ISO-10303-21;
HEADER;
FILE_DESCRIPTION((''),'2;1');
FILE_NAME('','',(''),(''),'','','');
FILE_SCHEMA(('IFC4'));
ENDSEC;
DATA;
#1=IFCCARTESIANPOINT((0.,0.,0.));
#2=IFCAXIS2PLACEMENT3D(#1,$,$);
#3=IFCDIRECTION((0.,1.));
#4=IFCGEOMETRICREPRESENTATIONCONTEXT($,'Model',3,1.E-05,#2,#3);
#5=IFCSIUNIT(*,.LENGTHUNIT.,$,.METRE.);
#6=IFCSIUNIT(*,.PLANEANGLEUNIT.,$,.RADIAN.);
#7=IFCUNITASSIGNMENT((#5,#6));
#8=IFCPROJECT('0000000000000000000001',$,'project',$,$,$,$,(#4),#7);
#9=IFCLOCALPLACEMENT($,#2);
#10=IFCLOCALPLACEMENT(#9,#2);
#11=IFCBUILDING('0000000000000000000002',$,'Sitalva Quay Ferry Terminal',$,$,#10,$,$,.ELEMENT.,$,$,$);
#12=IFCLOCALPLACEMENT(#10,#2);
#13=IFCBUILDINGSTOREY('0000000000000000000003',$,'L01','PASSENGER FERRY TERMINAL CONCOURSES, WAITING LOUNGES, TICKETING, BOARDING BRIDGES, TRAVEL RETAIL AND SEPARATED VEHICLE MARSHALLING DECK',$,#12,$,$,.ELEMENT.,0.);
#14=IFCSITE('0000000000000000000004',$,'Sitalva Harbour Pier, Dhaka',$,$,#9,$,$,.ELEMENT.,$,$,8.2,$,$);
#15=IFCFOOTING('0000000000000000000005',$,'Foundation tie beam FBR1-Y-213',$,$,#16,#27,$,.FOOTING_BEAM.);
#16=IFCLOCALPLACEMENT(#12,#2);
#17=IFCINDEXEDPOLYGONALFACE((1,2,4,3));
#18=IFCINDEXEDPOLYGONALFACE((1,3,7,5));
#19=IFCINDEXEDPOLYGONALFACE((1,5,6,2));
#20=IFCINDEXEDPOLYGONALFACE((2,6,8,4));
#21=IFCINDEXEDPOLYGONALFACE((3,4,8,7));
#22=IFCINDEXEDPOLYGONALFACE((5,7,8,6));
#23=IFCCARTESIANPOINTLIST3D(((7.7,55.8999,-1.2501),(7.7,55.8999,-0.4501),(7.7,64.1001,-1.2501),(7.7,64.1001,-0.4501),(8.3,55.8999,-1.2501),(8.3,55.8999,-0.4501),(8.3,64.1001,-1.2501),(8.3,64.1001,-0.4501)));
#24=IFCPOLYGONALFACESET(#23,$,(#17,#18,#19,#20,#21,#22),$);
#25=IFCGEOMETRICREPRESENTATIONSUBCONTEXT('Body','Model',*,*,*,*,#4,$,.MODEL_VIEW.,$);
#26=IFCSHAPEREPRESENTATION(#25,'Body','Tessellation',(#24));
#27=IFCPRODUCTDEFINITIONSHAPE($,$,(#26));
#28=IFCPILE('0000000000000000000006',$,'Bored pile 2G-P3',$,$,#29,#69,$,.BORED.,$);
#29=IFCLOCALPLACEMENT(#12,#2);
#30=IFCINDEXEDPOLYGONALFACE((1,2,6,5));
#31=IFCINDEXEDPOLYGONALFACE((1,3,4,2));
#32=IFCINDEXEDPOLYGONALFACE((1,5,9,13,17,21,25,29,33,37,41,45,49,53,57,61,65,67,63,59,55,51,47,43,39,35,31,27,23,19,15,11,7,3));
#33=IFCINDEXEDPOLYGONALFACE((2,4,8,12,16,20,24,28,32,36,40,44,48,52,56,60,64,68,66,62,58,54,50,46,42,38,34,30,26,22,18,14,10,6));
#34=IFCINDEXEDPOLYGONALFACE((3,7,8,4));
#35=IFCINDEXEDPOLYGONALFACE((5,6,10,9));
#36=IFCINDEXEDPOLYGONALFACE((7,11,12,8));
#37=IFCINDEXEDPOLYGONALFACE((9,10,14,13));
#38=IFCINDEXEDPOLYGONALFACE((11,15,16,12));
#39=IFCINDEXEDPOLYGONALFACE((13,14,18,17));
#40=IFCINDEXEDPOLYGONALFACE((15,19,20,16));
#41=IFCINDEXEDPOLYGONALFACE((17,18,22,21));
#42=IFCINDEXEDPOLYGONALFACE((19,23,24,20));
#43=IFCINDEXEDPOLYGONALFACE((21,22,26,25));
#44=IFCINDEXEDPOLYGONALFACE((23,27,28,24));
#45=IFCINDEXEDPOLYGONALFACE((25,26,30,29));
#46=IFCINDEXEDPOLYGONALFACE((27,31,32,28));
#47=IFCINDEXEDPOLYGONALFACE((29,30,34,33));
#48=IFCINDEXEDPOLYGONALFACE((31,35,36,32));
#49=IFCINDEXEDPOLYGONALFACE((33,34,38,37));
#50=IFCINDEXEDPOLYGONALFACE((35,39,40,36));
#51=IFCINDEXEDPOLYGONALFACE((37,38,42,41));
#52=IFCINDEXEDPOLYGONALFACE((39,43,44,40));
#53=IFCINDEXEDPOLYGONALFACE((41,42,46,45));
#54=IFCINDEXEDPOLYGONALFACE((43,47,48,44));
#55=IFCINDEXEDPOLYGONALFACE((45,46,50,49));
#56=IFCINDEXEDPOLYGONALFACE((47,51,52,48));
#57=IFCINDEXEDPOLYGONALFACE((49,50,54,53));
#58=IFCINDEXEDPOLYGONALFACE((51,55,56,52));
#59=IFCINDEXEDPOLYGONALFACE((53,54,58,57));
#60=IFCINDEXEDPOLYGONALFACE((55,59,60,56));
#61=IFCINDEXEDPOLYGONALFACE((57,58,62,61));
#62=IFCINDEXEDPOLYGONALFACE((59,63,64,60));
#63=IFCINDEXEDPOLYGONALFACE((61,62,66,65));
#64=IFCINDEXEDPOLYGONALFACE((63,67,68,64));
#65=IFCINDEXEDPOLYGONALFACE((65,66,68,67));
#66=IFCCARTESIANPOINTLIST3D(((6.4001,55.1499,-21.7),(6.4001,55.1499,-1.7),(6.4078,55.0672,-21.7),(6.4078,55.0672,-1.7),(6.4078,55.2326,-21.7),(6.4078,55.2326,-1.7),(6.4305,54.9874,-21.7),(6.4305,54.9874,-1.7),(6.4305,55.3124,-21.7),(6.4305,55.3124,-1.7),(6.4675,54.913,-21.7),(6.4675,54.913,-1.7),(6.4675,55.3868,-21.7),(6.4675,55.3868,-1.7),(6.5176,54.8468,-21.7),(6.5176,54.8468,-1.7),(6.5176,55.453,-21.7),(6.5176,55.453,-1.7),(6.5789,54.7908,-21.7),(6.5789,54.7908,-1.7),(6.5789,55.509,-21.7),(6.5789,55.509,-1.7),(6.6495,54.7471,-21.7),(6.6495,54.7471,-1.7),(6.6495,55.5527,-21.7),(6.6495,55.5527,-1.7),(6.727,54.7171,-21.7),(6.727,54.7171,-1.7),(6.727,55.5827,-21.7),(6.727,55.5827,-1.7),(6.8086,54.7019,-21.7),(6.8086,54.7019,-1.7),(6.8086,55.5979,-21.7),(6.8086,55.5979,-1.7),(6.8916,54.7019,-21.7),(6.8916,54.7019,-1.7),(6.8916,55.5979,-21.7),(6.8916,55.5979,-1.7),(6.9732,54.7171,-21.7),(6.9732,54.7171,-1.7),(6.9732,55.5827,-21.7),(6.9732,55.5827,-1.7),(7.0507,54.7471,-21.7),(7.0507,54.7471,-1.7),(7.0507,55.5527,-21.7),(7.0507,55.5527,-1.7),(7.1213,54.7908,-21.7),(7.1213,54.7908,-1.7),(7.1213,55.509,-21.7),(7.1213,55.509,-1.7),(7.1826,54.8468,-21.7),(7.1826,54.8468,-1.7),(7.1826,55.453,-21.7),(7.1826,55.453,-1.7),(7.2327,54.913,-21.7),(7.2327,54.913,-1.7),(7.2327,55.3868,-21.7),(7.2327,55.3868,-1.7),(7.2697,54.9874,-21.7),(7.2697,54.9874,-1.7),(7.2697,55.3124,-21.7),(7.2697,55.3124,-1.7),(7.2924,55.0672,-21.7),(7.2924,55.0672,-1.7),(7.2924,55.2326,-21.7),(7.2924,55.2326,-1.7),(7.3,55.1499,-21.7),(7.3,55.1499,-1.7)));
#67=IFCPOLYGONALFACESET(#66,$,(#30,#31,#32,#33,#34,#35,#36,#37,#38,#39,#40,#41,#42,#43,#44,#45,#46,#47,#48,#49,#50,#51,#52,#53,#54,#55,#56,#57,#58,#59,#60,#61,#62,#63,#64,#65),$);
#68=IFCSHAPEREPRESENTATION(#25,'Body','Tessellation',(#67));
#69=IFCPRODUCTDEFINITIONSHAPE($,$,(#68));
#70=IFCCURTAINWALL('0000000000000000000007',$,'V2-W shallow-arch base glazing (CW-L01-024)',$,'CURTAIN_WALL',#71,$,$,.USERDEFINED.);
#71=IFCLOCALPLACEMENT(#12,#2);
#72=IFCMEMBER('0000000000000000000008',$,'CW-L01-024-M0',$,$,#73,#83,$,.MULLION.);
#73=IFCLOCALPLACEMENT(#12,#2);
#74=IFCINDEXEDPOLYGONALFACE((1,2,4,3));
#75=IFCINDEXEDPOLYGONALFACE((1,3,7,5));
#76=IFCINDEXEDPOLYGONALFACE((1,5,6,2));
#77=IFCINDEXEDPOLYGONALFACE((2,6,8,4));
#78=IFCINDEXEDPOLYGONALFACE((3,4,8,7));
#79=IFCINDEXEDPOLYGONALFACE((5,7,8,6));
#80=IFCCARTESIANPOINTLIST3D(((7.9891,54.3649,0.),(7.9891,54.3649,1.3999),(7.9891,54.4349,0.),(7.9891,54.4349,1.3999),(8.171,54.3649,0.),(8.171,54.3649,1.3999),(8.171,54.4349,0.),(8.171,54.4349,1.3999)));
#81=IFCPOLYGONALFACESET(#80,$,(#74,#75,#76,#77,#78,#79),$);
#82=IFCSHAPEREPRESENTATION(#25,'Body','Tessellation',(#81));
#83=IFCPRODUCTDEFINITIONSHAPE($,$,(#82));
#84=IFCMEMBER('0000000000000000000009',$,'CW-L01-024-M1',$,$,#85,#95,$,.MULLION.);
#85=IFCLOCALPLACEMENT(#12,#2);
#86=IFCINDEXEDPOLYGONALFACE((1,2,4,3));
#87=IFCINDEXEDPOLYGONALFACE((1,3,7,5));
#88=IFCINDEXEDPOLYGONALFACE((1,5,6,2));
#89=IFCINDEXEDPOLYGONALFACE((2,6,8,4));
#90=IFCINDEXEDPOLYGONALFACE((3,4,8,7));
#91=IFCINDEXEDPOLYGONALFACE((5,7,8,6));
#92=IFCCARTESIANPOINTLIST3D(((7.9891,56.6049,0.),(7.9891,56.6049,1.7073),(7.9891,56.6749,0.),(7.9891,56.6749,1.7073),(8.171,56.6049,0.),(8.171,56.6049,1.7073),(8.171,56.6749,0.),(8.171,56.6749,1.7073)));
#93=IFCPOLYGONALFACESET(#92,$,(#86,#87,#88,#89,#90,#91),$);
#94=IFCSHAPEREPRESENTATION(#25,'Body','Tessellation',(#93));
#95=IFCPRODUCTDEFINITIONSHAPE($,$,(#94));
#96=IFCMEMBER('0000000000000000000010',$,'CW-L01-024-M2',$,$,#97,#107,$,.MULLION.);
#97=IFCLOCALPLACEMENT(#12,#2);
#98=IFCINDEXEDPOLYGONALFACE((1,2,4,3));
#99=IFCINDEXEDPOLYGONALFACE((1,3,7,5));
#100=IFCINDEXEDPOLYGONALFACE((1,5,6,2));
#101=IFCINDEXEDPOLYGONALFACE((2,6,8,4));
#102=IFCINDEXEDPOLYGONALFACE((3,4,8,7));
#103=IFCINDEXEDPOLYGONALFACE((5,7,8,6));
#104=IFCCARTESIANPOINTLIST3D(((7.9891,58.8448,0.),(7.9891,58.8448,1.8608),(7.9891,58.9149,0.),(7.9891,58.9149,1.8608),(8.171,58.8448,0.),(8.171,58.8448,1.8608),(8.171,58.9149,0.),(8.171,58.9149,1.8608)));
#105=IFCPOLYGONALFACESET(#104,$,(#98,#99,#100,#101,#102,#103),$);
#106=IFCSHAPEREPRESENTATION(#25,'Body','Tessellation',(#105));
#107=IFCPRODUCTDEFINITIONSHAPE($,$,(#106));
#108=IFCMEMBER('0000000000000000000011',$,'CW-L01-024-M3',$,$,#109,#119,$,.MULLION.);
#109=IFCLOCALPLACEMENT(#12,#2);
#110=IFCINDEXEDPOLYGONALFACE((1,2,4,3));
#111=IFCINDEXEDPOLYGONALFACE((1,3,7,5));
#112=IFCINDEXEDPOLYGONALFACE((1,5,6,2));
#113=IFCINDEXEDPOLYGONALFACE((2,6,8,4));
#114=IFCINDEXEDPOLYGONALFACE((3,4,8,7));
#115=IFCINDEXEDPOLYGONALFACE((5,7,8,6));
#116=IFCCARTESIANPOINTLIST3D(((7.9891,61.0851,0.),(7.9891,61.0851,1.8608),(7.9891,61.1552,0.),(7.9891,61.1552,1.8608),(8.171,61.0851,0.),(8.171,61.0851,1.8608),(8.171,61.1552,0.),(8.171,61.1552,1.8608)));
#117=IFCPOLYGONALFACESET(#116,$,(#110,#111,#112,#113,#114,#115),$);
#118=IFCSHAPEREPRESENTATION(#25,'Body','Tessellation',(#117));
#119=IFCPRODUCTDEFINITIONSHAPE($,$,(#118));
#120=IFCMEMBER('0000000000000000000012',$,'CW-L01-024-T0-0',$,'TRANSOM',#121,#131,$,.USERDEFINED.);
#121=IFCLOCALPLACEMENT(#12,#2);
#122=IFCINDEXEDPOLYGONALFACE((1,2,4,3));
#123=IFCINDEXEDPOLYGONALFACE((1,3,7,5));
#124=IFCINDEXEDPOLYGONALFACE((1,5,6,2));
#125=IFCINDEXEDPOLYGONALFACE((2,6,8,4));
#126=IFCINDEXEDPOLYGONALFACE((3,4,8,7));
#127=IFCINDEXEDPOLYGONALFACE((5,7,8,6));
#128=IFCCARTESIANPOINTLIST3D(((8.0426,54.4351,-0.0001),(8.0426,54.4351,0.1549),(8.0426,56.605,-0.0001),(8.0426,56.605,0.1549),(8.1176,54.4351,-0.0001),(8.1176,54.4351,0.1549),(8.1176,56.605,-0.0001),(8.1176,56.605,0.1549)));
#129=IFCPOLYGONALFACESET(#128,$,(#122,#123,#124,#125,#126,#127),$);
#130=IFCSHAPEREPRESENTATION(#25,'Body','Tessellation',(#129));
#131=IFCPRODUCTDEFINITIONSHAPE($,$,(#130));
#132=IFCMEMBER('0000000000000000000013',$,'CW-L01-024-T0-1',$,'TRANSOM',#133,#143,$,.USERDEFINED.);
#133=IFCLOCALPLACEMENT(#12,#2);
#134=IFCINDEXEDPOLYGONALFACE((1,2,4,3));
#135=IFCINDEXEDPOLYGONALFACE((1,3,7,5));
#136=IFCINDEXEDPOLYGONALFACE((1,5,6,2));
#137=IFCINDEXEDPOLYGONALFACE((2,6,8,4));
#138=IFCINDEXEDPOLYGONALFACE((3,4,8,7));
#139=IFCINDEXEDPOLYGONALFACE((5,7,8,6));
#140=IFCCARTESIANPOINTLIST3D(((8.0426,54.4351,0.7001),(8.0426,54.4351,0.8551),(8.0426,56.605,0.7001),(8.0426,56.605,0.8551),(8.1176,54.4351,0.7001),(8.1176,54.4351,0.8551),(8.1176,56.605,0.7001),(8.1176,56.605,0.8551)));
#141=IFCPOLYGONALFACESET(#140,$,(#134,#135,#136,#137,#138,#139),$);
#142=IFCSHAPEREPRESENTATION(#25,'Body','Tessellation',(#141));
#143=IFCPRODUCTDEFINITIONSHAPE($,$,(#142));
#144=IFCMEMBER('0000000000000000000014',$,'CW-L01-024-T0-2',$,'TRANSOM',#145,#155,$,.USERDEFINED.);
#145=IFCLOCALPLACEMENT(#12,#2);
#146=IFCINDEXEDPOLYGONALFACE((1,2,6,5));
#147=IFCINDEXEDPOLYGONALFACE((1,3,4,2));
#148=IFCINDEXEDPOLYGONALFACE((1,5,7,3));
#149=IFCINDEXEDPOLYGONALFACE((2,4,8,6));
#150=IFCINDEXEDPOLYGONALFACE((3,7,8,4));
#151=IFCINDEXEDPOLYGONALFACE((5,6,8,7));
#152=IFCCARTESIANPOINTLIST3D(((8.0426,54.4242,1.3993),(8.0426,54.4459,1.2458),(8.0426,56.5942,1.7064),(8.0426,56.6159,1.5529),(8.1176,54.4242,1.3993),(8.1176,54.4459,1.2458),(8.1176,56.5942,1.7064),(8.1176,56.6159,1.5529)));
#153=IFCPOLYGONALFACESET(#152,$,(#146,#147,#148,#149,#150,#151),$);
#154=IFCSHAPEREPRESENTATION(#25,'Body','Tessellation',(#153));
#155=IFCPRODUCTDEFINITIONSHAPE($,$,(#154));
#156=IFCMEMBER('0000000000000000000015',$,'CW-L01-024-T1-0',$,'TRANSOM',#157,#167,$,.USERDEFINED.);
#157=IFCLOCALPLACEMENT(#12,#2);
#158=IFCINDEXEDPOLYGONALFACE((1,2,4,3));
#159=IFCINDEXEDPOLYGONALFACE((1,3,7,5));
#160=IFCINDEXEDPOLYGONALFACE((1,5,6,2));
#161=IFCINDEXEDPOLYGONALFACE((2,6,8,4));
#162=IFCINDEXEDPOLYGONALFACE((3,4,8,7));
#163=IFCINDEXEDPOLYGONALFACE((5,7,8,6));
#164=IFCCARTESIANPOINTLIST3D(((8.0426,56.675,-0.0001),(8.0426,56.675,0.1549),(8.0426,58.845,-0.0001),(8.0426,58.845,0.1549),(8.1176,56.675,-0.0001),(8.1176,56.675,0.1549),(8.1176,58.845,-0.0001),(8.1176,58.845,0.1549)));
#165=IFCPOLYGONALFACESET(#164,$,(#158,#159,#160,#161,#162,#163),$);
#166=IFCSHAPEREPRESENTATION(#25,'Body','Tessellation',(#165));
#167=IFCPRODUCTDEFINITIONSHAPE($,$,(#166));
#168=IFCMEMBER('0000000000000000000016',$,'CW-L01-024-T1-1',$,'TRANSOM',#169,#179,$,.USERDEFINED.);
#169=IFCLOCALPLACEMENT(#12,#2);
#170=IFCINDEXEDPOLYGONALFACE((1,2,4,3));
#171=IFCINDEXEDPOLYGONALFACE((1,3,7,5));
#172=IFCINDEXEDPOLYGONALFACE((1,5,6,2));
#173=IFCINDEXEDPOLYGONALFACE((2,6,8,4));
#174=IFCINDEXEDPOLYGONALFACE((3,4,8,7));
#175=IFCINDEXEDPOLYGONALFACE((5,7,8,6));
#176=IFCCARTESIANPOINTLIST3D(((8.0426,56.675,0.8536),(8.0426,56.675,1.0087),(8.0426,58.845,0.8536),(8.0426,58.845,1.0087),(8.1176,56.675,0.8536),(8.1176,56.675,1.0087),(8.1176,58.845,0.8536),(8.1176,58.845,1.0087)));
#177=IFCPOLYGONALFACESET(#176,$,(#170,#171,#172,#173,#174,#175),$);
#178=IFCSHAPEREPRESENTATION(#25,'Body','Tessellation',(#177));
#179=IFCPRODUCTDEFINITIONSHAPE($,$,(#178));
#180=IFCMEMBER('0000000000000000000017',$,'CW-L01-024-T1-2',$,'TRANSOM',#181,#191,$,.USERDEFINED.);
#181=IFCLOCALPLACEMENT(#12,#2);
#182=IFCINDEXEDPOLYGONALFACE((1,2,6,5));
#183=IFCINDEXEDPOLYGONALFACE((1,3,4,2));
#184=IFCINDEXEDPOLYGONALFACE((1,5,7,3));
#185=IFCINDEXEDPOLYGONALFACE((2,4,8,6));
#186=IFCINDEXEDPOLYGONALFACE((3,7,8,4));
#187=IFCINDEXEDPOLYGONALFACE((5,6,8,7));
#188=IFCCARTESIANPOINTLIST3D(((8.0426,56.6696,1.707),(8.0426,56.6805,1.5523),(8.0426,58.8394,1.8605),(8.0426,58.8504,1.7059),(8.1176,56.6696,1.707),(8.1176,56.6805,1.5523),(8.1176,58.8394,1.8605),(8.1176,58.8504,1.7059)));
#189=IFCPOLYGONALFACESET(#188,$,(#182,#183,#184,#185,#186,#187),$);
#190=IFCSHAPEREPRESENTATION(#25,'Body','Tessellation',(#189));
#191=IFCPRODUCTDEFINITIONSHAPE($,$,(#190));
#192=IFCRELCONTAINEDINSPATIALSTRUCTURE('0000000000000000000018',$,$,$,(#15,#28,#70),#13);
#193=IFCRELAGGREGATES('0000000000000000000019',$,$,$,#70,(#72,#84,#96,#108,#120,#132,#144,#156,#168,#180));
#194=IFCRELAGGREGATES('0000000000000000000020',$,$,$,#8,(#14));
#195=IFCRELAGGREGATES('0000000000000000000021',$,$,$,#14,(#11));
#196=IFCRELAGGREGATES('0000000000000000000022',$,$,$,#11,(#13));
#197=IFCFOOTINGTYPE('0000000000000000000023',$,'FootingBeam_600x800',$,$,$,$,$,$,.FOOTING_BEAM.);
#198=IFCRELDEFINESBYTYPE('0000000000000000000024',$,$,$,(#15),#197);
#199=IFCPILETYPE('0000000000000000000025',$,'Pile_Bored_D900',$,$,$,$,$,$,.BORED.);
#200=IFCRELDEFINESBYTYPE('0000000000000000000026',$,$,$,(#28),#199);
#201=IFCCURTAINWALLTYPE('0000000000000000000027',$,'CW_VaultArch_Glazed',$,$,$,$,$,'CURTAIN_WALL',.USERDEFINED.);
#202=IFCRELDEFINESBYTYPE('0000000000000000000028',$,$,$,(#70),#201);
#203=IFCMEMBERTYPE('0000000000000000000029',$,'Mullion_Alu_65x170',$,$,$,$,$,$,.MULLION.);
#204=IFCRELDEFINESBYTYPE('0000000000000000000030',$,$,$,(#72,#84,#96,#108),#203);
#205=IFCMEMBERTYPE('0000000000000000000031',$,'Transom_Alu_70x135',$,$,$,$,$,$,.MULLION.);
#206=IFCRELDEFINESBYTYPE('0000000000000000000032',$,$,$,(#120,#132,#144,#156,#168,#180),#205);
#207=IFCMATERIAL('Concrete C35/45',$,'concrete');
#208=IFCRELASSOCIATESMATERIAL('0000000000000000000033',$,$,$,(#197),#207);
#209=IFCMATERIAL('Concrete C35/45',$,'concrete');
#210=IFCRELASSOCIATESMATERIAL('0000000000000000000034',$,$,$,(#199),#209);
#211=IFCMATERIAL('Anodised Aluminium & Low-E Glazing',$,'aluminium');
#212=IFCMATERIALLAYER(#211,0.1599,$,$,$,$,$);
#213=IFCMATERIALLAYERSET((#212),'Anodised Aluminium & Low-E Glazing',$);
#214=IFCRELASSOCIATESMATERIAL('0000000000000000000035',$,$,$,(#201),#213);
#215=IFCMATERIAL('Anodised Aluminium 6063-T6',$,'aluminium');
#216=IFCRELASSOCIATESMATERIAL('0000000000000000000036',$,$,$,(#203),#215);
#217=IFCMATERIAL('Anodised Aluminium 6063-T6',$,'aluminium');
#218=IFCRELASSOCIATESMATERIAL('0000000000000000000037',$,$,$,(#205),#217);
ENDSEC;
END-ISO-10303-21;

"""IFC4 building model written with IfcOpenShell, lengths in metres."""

from ifc_helpers import new_model, si_unit, direction, frame, origin, origin_2d, place, context, subcontext, project, spatial, rectangle, circle, extrude, material, layer, layer_set, material_profile, profile_set, type_object, element, aggregate, save


model = new_model("IFC4")

# Units and contexts
model_context = context("Model", 3, precision=1e-05, world=origin(), true_north=direction((0.0, 1.0)))
body_context = subcontext(model_context, "Body", "Model", "MODEL_VIEW")
ifc_project = project(units=[si_unit("LENGTHUNIT", "METRE"), si_unit("PLANEANGLEUNIT", "RADIAN")], contexts=[model_context])

# Site, building, storey
site_placement = place(None, origin())
site = spatial("IfcSite", under=ifc_project, at=site_placement, Name="Sitalva Harbour Pier, Dhaka", CompositionType="ELEMENT", RefElevation=8.2)
building_placement = place(site_placement, origin())
building = spatial("IfcBuilding", under=site, at=building_placement, Name="Sitalva Quay Ferry Terminal", CompositionType="ELEMENT")
storey_placement = place(building_placement, origin())
storey = spatial("IfcBuildingStorey", under=building, at=storey_placement, Name="L01", Description="PASSENGER FERRY TERMINAL CONCOURSES, WAITING LOUNGES, TICKETING, BOARDING BRIDGES, TRAVEL RETAIL AND SEPARATED VEHICLE MARSHALLING DECK", CompositionType="ELEMENT", Elevation=0.0)

# Footing
ifc_material_1 = material(Name="Concrete C35/45", Category="concrete")
ifc_material_profile_1 = material_profile(ifc_material_1, rectangle(XDim=0.6001, YDim=0.8, at=origin_2d()), Name="RC600x800")
ifc_profile_set_1 = profile_set([ifc_material_profile_1], Name="Concrete C35/45")
footing_type = type_object("IfcFootingType", Name="FootingBeam_600x800", PredefinedType="FOOTING_BEAM", material=ifc_profile_set_1)
footing_placement = place(storey_placement, frame((8.0, 55.8999, -0.8501), z_axis=(0.0, 1.0, 0.0), x_axis=(-1.0, 0.0, 0.0)))
element("IfcFooting", 1, at=footing_placement, inside=storey, type_object=footing_type, Name="Foundation tie beam FBR1-Y-213", PredefinedType="FOOTING_BEAM", context=body_context, shape_type="SweptSolid", body=[
    extrude(rectangle(XDim=0.6001, YDim=0.8, at=origin_2d()), origin(), (0.0, 0.0, 1.0), 8.2002),
])

# Pile
ifc_material_2 = material(Name="Concrete C35/45", Category="concrete")
ifc_material_profile_2 = material_profile(ifc_material_2, circle(Radius=0.45, at=origin_2d()), Name="PILE-D900")
ifc_profile_set_2 = profile_set([ifc_material_profile_2], Name="Concrete C35/45")
pile_type = type_object("IfcPileType", Name="Pile_Bored_D900", PredefinedType="BORED", material=ifc_profile_set_2)
pile_placement = place(storey_placement, frame((6.8501, 55.1499, -1.7), z_axis=(0.0, 0.0, -1.0), x_axis=(1.0, 0.0, 0.0)))
element("IfcPile", 2, at=pile_placement, inside=storey, type_object=pile_type, Name="Bored pile 2G-P3", PredefinedType="BORED", context=body_context, shape_type="SweptSolid", body=[
    extrude(circle(Radius=0.45, at=origin_2d()), origin(), (0.0, 0.0, 1.0), 20.0),
])

# Curtain wall, members
ifc_material_3 = material(Name="Anodised Aluminium & Low-E Glazing", Category="aluminium")
ifc_layer_1 = layer(ifc_material_3, 0.1599)
ifc_layer_set_1 = layer_set([ifc_layer_1], Name="Anodised Aluminium & Low-E Glazing")
curtain_wall_type = type_object("IfcCurtainWallType", Name="CW_VaultArch_Glazed", ElementType="CURTAIN_WALL", PredefinedType="USERDEFINED", material=ifc_layer_set_1)
curtain_wall_placement = place(storey_placement, origin())
curtain_wall = element("IfcCurtainWall", 3, at=curtain_wall_placement, inside=storey, type_object=curtain_wall_type, Name="V2-W shallow-arch base glazing (CW-L01-024)", ObjectType="CURTAIN_WALL", PredefinedType="USERDEFINED")
ifc_material_4 = material(Name="Anodised Aluminium 6063-T6", Category="aluminium")
ifc_material_profile_3 = material_profile(ifc_material_4, rectangle(XDim=0.0701, YDim=0.1819, at=origin_2d()), Name="ALU70x182")
ifc_profile_set_3 = profile_set([ifc_material_profile_3], Name="Anodised Aluminium 6063-T6")
member_type_1 = type_object("IfcMemberType", Name="Mullion_Alu_65x170", PredefinedType="MULLION", material=ifc_profile_set_3)
member_1_placement = place(storey_placement, frame((8.0801, 54.3999, 0.0), z_axis=(0.0, 0.0, 1.0), x_axis=(0.0, 1.0, 0.0)))
member_1 = element("IfcMember", 4, at=member_1_placement, type_object=member_type_1, Name="CW-L01-024-M0", PredefinedType="MULLION", context=body_context, shape_type="SweptSolid", body=[
    extrude(rectangle(XDim=0.0701, YDim=0.1819, at=origin_2d()), origin(), (0.0, 0.0, 1.0), 1.3999),
])
member_2_placement = place(storey_placement, frame((8.0801, 56.6399, 0.0), z_axis=(0.0, 0.0, 1.0), x_axis=(0.0, 1.0, 0.0)))
member_2 = element("IfcMember", 5, at=member_2_placement, type_object=member_type_1, Name="CW-L01-024-M1", PredefinedType="MULLION", context=body_context, shape_type="SweptSolid", body=[
    extrude(rectangle(XDim=0.0701, YDim=0.1819, at=origin_2d()), origin(), (0.0, 0.0, 1.0), 1.7073),
])
member_3_placement = place(storey_placement, frame((8.0801, 58.8799, 0.0), z_axis=(0.0, 0.0, 1.0), x_axis=(0.0, 1.0, 0.0)))
member_3 = element("IfcMember", 6, at=member_3_placement, type_object=member_type_1, Name="CW-L01-024-M2", PredefinedType="MULLION", context=body_context, shape_type="SweptSolid", body=[
    extrude(rectangle(XDim=0.0701, YDim=0.1819, at=origin_2d()), origin(), (0.0, 0.0, 1.0), 1.8608),
])
member_4_placement = place(storey_placement, frame((8.0801, 61.1201, 0.0), z_axis=(0.0, 0.0, 1.0), x_axis=(0.0, 1.0, 0.0)))
member_4 = element("IfcMember", 7, at=member_4_placement, type_object=member_type_1, Name="CW-L01-024-M3", PredefinedType="MULLION", context=body_context, shape_type="SweptSolid", body=[
    extrude(rectangle(XDim=0.0701, YDim=0.1819, at=origin_2d()), origin(), (0.0, 0.0, 1.0), 1.8608),
])
ifc_material_5 = material(Name="Anodised Aluminium 6063-T6", Category="aluminium")
ifc_material_profile_4 = material_profile(ifc_material_5, rectangle(XDim=0.075, YDim=0.155, at=origin_2d()), Name="ALU75x155")
ifc_profile_set_4 = profile_set([ifc_material_profile_4], Name="Anodised Aluminium 6063-T6")
member_type_2 = type_object("IfcMemberType", Name="Transom_Alu_70x135", PredefinedType="MULLION", material=ifc_profile_set_4)
member_5_placement = place(storey_placement, frame((8.0801, 54.4351, 0.0774), z_axis=(0.0, 1.0, 0.0), x_axis=(-1.0, 0.0, 0.0)))
member_5 = element("IfcMember", 8, at=member_5_placement, type_object=member_type_2, Name="CW-L01-024-T0-0", ObjectType="TRANSOM", PredefinedType="USERDEFINED", context=body_context, shape_type="SweptSolid", body=[
    extrude(rectangle(XDim=0.075, YDim=0.155, at=origin_2d()), origin(), (0.0, 0.0, 1.0), 2.1699),
])
member_6_placement = place(storey_placement, frame((8.0801, 54.4351, 0.7776), z_axis=(0.0, 1.0, 0.0), x_axis=(-1.0, 0.0, 0.0)))
member_6 = element("IfcMember", 9, at=member_6_placement, type_object=member_type_2, Name="CW-L01-024-T0-1", ObjectType="TRANSOM", PredefinedType="USERDEFINED", context=body_context, shape_type="SweptSolid", body=[
    extrude(rectangle(XDim=0.075, YDim=0.155, at=origin_2d()), origin(), (0.0, 0.0, 1.0), 2.1699),
])
member_7_placement = place(storey_placement, frame((8.0801, 54.4351, 1.3225), z_axis=(0.0, 0.990131, 0.140142), x_axis=(-1.0, 0.0, 0.0)))
member_7 = element("IfcMember", 10, at=member_7_placement, type_object=member_type_2, Name="CW-L01-024-T0-2", ObjectType="TRANSOM", PredefinedType="USERDEFINED", context=body_context, shape_type="SweptSolid", body=[
    extrude(rectangle(XDim=0.075, YDim=0.155, at=origin_2d()), origin(), (0.0, 0.0, 1.0), 2.1917),
])
member_8_placement = place(storey_placement, frame((8.0801, 56.675, 0.0774), z_axis=(0.0, 1.0, 0.0), x_axis=(-1.0, 0.0, 0.0)))
member_8 = element("IfcMember", 11, at=member_8_placement, type_object=member_type_2, Name="CW-L01-024-T1-0", ObjectType="TRANSOM", PredefinedType="USERDEFINED", context=body_context, shape_type="SweptSolid", body=[
    extrude(rectangle(XDim=0.075, YDim=0.155, at=origin_2d()), origin(), (0.0, 0.0, 1.0), 2.1699),
])
member_9_placement = place(storey_placement, frame((8.0801, 56.675, 0.9312), z_axis=(0.0, 1.0, 0.0), x_axis=(-1.0, 0.0, 0.0)))
member_9 = element("IfcMember", 12, at=member_9_placement, type_object=member_type_2, Name="CW-L01-024-T1-1", ObjectType="TRANSOM", PredefinedType="USERDEFINED", context=body_context, shape_type="SweptSolid", body=[
    extrude(rectangle(XDim=0.075, YDim=0.155, at=origin_2d()), origin(), (0.0, 0.0, 1.0), 2.1699),
])
member_10_placement = place(storey_placement, frame((8.0801, 56.675, 1.6296), z_axis=(0.0, 0.997505, 0.070593), x_axis=(-1.0, 0.0, 0.0)))
member_10 = element("IfcMember", 13, at=member_10_placement, type_object=member_type_2, Name="CW-L01-024-T1-2", ObjectType="TRANSOM", PredefinedType="USERDEFINED", context=body_context, shape_type="SweptSolid", body=[
    extrude(rectangle(XDim=0.075, YDim=0.155, at=origin_2d()), origin(), (0.0, 0.0, 1.0), 2.1753),
])
aggregate(curtain_wall, [member_1, member_2, member_3, member_4, member_5, member_6, member_7, member_8, member_9, member_10])

save(model, "model.ifc")
